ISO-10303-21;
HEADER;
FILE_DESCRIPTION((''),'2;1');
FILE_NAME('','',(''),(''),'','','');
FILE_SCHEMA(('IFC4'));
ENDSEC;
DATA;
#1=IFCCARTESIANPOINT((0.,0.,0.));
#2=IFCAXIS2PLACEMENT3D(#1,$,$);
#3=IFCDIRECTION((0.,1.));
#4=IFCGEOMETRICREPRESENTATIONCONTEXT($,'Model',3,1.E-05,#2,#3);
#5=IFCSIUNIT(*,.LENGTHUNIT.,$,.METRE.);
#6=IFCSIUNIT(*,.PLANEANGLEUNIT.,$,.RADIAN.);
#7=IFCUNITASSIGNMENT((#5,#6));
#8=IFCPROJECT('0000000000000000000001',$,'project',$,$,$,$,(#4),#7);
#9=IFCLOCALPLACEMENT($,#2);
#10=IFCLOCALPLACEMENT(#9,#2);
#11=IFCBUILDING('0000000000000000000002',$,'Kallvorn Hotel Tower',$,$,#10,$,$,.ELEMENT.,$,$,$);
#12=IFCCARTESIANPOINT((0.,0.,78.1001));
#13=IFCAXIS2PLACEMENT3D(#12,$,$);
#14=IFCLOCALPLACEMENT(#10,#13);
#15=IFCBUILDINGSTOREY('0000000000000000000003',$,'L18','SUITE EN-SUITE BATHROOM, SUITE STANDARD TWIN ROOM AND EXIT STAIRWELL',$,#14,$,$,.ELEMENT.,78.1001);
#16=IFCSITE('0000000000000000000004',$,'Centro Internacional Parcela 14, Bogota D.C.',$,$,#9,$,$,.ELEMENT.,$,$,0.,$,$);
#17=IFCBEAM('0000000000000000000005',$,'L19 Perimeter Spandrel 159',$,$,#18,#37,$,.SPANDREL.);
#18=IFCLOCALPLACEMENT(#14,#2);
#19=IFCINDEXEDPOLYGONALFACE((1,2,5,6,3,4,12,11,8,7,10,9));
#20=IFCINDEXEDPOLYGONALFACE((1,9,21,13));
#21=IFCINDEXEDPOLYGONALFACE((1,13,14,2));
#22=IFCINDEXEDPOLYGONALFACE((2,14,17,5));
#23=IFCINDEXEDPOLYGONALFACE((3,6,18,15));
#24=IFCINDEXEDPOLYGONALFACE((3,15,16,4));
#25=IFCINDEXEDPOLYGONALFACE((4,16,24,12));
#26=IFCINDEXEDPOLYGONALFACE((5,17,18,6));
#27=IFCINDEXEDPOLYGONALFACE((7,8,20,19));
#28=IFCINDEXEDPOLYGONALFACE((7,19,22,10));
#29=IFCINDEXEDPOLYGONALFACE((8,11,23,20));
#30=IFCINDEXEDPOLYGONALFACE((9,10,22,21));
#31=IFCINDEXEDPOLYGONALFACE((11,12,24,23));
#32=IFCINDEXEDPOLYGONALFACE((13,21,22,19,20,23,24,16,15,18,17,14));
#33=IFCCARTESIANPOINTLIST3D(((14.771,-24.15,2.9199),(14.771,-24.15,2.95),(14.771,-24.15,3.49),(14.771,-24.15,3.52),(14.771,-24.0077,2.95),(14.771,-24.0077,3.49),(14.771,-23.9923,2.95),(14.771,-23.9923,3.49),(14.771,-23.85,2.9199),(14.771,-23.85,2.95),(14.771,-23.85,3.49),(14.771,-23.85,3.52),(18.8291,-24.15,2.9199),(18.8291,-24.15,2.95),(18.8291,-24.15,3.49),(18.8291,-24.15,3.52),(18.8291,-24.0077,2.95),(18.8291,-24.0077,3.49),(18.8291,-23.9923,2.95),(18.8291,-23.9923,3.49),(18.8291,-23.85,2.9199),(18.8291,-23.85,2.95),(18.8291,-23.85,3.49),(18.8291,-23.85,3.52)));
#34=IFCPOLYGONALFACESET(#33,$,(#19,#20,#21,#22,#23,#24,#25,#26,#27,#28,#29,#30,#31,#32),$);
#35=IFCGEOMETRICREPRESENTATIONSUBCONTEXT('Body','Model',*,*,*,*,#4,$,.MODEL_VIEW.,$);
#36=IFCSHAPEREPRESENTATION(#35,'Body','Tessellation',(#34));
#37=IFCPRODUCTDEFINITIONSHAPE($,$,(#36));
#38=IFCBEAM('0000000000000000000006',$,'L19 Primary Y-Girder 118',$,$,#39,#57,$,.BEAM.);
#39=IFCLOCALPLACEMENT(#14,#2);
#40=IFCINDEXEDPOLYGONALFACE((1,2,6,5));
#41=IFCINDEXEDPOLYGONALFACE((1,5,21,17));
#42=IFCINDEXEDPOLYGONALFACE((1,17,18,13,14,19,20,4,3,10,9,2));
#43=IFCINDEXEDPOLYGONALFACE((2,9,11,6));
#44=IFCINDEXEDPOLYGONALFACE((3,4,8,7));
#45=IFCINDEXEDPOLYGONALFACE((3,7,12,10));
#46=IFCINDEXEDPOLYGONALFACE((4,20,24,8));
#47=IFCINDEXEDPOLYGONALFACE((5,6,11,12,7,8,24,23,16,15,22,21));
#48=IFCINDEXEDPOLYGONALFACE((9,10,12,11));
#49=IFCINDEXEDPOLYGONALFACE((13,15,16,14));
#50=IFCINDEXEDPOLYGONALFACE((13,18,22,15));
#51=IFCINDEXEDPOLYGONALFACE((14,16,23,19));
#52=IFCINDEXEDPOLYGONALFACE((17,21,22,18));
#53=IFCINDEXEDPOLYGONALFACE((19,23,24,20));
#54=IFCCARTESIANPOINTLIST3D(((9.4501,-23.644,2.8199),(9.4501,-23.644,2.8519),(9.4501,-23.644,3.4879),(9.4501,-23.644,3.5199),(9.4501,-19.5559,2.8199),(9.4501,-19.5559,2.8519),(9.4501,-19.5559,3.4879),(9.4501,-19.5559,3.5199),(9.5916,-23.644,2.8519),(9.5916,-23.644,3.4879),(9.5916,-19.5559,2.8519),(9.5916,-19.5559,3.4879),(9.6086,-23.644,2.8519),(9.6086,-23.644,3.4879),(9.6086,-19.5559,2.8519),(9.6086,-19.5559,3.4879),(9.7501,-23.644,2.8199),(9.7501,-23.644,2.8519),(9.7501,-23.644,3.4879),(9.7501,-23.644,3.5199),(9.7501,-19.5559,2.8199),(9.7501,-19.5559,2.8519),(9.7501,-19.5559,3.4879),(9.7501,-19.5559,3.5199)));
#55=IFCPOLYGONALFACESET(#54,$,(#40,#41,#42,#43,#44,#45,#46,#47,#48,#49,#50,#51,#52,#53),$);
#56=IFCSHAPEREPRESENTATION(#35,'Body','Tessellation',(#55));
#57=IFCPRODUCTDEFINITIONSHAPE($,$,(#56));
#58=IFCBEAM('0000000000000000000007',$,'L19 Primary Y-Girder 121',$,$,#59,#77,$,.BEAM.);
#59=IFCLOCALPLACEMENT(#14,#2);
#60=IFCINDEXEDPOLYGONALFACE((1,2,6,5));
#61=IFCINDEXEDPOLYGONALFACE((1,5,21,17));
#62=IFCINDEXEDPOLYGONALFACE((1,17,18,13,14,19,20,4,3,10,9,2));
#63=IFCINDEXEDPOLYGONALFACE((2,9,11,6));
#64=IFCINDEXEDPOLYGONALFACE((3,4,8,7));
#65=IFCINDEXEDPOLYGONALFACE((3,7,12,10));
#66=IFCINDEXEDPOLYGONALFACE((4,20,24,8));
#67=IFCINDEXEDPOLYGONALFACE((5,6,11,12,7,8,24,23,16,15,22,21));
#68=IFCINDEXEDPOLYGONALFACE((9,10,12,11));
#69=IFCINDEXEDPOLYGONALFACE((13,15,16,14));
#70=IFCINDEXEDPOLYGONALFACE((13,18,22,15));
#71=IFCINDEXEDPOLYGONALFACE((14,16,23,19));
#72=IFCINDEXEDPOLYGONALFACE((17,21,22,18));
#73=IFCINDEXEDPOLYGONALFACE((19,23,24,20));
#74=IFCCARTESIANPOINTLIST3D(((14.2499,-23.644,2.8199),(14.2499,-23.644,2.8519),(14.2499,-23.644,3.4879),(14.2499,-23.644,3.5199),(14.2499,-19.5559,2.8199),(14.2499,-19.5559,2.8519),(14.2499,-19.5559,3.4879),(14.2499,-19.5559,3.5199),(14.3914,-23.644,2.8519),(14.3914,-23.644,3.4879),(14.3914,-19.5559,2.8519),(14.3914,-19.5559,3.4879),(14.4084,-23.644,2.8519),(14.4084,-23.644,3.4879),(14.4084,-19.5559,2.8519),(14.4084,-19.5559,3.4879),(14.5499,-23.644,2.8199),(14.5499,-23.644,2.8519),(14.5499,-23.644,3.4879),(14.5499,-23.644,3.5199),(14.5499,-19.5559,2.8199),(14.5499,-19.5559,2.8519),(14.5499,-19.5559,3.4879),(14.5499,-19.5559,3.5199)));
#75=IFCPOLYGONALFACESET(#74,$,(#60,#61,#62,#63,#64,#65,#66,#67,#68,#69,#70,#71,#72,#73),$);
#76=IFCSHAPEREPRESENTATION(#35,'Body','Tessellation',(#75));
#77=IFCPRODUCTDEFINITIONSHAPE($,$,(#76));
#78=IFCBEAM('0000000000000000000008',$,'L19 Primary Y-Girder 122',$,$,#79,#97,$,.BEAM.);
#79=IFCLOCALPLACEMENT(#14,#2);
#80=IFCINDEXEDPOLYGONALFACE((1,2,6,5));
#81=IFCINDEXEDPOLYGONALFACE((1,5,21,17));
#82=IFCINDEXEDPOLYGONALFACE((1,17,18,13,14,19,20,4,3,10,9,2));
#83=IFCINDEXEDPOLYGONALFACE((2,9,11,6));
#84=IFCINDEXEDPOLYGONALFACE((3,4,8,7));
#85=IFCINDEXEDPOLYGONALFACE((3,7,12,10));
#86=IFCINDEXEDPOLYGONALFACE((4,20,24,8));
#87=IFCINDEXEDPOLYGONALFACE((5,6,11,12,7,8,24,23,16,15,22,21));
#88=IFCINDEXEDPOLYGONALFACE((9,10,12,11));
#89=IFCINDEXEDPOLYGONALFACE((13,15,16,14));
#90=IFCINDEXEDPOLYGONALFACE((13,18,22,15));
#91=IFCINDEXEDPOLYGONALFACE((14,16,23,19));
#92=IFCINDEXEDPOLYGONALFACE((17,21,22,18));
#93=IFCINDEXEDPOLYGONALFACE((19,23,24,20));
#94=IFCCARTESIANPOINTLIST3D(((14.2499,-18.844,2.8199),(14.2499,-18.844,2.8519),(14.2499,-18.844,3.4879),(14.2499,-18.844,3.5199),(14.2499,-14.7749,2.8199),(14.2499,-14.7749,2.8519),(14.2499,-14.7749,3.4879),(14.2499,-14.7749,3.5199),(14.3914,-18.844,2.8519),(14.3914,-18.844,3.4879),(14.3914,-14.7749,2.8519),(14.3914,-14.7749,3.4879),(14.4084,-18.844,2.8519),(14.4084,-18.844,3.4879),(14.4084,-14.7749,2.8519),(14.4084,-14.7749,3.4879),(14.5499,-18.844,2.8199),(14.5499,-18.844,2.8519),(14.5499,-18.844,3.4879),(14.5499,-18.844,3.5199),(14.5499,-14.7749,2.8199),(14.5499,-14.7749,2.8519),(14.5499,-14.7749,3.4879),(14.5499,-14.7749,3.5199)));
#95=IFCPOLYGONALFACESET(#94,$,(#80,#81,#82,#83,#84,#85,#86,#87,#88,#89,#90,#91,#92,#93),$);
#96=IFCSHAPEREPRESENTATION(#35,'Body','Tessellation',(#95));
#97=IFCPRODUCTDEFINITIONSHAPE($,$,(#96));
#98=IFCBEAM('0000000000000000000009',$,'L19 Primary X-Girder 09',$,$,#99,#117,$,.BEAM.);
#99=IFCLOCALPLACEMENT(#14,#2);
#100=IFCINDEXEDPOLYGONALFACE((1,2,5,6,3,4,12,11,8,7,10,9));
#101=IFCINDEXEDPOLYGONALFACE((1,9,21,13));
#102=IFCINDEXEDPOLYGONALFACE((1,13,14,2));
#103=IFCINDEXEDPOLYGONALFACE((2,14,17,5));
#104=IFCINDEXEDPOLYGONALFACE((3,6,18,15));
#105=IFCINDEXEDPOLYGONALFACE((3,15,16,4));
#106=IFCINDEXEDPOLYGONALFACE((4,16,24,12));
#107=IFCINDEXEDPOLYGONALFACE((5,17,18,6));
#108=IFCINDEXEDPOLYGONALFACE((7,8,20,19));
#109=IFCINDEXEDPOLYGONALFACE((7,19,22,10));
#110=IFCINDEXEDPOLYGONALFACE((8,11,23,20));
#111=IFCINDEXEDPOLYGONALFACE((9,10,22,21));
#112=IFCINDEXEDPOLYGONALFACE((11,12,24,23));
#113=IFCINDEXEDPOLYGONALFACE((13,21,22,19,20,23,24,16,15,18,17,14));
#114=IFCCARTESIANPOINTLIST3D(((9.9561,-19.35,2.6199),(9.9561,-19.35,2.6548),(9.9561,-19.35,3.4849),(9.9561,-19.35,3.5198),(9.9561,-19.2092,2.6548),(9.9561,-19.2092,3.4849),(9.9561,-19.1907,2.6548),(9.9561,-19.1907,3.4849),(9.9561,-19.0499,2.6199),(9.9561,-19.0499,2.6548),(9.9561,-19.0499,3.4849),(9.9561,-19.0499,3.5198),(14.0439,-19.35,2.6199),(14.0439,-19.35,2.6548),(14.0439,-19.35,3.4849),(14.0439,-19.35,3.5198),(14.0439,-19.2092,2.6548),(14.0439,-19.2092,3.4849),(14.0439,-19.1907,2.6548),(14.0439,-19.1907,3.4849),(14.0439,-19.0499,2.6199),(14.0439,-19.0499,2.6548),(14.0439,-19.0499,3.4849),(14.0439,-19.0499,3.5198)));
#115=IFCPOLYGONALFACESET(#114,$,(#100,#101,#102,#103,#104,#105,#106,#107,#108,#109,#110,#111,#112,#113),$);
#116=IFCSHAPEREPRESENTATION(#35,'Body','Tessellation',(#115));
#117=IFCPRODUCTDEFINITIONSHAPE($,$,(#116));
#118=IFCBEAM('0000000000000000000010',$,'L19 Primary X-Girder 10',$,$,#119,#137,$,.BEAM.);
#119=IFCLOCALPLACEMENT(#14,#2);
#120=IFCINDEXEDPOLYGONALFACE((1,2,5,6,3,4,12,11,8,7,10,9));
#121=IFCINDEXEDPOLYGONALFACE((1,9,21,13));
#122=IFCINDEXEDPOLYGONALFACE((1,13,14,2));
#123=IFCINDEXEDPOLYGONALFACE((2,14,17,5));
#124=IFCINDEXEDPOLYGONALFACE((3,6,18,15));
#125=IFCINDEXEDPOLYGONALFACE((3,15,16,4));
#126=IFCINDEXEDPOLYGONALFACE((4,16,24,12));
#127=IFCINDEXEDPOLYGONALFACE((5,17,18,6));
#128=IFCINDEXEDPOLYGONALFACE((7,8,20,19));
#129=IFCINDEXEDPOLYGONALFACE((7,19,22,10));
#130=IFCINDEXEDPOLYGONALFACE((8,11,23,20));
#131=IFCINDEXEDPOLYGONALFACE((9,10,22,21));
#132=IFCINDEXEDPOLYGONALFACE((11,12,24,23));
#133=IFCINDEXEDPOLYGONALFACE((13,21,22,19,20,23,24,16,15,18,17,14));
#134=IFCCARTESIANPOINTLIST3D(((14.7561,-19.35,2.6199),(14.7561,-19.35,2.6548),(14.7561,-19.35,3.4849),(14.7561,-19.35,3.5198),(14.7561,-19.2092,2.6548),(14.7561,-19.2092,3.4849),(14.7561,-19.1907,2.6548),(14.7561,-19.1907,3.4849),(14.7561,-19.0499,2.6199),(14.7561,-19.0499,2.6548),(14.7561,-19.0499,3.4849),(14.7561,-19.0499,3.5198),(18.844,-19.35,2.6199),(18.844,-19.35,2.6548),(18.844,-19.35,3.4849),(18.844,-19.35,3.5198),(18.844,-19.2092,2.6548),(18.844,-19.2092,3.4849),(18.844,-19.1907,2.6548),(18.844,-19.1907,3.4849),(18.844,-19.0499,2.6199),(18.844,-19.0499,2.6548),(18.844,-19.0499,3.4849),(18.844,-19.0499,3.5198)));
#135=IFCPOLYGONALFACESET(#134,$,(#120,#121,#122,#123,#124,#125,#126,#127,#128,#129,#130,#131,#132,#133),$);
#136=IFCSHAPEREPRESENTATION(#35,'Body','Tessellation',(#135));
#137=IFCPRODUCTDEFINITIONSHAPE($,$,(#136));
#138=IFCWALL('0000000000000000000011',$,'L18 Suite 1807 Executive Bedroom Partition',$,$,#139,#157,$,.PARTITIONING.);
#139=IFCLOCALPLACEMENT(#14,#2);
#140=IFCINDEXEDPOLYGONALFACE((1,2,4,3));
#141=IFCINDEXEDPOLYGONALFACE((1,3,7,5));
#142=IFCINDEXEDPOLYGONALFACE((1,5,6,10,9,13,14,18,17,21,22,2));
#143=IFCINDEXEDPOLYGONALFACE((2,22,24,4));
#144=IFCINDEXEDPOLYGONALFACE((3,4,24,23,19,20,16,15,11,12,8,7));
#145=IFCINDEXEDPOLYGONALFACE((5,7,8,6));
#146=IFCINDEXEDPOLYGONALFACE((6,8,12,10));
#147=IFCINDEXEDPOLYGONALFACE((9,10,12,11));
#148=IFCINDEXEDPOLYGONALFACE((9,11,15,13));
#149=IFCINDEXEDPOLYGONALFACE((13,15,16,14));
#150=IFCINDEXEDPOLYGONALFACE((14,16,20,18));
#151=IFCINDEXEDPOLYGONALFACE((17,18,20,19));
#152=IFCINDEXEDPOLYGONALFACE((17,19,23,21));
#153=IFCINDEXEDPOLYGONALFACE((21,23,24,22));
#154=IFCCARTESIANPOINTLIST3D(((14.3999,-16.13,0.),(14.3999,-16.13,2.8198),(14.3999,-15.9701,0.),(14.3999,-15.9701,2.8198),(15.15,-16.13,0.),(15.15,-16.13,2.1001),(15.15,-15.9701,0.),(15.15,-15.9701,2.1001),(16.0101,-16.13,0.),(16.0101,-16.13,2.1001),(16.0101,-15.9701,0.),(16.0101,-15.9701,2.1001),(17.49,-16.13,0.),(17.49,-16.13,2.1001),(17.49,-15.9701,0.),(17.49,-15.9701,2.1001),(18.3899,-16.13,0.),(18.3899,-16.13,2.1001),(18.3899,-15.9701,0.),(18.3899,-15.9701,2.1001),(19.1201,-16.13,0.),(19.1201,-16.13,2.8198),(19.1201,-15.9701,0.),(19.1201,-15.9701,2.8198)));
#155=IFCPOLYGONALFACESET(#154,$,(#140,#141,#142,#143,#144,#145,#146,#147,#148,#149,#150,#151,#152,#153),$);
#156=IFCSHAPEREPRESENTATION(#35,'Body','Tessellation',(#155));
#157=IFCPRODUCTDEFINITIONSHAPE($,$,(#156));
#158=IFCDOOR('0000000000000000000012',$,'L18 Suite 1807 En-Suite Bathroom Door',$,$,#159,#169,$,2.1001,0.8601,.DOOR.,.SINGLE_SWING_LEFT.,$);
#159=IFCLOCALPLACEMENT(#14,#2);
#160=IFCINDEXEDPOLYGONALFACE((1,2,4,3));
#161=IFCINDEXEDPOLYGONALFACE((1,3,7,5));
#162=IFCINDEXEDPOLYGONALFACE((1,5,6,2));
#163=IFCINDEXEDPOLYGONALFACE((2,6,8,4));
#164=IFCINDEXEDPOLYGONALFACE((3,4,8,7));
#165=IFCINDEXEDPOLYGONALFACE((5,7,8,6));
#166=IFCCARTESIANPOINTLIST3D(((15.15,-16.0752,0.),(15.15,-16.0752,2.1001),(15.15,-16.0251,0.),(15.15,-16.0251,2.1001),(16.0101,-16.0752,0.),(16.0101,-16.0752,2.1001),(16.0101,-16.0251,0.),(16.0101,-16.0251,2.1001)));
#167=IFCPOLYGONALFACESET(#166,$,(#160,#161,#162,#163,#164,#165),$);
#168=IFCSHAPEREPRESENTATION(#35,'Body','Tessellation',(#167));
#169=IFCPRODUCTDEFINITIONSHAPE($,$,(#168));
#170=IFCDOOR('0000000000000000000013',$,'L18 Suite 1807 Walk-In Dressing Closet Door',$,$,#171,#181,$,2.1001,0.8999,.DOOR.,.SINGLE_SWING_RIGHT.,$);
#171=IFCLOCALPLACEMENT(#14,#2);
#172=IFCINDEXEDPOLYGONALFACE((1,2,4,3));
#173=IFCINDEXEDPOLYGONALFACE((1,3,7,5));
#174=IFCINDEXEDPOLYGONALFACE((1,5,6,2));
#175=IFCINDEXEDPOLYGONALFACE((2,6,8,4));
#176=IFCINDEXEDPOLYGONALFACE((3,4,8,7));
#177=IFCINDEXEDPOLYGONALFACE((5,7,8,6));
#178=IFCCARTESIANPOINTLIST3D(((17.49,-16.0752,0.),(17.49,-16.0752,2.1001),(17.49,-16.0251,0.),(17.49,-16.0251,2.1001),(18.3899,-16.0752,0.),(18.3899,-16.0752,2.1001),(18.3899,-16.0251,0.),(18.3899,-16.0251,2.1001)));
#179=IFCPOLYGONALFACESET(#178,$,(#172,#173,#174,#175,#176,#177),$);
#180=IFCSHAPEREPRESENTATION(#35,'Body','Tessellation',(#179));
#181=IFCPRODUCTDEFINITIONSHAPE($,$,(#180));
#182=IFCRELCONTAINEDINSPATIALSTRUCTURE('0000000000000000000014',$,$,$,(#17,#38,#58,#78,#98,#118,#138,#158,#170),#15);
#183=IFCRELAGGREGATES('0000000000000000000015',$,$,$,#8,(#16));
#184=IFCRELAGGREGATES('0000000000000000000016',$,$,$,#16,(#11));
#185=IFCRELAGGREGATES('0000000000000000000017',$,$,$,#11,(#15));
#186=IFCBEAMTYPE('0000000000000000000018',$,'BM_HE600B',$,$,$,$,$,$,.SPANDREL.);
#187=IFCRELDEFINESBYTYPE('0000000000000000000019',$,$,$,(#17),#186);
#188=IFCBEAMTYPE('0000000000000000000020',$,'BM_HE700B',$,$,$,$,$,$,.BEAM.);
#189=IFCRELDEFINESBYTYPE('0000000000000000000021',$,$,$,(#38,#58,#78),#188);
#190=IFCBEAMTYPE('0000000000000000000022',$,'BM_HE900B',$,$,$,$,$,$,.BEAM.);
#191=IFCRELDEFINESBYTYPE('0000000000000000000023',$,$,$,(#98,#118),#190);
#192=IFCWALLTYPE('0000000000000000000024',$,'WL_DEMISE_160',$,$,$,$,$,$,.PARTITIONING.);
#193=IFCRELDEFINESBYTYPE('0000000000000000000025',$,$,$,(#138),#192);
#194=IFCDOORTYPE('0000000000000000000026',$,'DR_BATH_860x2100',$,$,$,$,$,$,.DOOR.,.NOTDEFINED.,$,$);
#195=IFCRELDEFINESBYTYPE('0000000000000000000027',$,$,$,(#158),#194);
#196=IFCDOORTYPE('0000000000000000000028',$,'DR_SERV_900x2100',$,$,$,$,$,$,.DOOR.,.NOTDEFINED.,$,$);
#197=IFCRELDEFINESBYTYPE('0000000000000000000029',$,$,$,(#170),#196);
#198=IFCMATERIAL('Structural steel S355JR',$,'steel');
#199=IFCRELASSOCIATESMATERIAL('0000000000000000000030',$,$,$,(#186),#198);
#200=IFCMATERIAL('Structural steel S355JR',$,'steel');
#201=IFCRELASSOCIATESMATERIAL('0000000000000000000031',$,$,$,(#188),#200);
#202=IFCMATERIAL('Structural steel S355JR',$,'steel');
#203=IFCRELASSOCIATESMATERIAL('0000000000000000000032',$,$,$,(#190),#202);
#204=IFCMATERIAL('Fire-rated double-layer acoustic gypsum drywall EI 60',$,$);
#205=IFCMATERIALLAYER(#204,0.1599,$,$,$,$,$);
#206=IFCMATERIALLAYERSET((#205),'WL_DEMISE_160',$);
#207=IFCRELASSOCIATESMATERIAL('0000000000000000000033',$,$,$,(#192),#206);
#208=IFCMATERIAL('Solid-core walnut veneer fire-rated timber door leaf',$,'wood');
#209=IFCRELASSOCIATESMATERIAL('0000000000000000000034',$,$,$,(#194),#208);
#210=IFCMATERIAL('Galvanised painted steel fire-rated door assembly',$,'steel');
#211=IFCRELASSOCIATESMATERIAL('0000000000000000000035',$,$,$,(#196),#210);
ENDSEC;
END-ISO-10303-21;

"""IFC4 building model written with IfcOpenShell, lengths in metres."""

from ifc_helpers import new_model, si_unit, direction, frame, frame_2d, origin, origin_2d, place, context, subcontext, project, spatial, rectangle, i_section, extrude, material, layer, layer_set, material_profile, profile_set, type_object, element, fill, save


model = new_model("IFC4")

# Units and contexts
model_context = context("Model", 3, precision=1e-05, world=origin(), true_north=direction((0.0, 1.0)))
body_context = subcontext(model_context, "Body", "Model", "MODEL_VIEW")
ifc_project = project(units=[si_unit("LENGTHUNIT", "METRE"), si_unit("PLANEANGLEUNIT", "RADIAN")], contexts=[model_context])

# Site, building, storey
site_placement = place(None, origin())
site = spatial("IfcSite", under=ifc_project, at=site_placement, Name="Centro Internacional Parcela 14, Bogota D.C.", CompositionType="ELEMENT", RefElevation=0.0)
building_placement = place(site_placement, origin())
building = spatial("IfcBuilding", under=site, at=building_placement, Name="Kallvorn Hotel Tower", CompositionType="ELEMENT")
storey_placement = place(building_placement, frame((0.0, 0.0, 78.1001)))
storey = spatial("IfcBuildingStorey", under=building, at=storey_placement, Name="L18", Description="SUITE EN-SUITE BATHROOM, SUITE STANDARD TWIN ROOM AND EXIT STAIRWELL", CompositionType="ELEMENT", Elevation=78.1001)

# Beams
ifc_material_1 = material(Name="Structural steel S355JR", Category="steel")
ifc_material_profile_1 = material_profile(ifc_material_1, i_section(OverallWidth=0.3, OverallDepth=0.6001, WebThickness=0.0154, FlangeThickness=0.03, at=origin_2d()), Name="HE 600 B")
ifc_profile_set_1 = profile_set([ifc_material_profile_1], Name="Structural steel S355JR")
beam_type_1 = type_object("IfcBeamType", Name="BM_HE600B", PredefinedType="SPANDREL", material=ifc_profile_set_1)
for number, where, z_axis, x_axis, name in (
    (1, (14.771, -24.0, 3.22), (1.0, 0.0, 0.0), (0.0, 1.0, 0.0), "L19 Perimeter Spandrel 159"),
):
    element("IfcBeam", number, at=place(storey_placement, frame(where, z_axis=z_axis, x_axis=x_axis)), inside=storey, type_object=beam_type_1, Name=name, PredefinedType="SPANDREL", context=body_context, shape_type="SweptSolid", body=[
        extrude(i_section(OverallWidth=0.3, OverallDepth=0.6001, WebThickness=0.0154, FlangeThickness=0.03, at=origin_2d()), origin(), (0.0, 0.0, 1.0), 4.0581),
    ])
ifc_material_2 = material(Name="Structural steel S355JR", Category="steel")
ifc_material_profile_2 = material_profile(ifc_material_2, i_section(OverallWidth=0.3, OverallDepth=0.7, WebThickness=0.0171, FlangeThickness=0.032, at=origin_2d()), Name="HE 700 B")
ifc_profile_set_2 = profile_set([ifc_material_profile_2], Name="Structural steel S355JR")
beam_type_2 = type_object("IfcBeamType", Name="BM_HE700B", PredefinedType="BEAM", material=ifc_profile_set_2)
for number, where, z_axis, x_axis, name in (
    (2, (9.6001, -23.644, 3.1699), (0.0, 1.0, 0.0), (-1.0, 0.0, 0.0), "L19 Primary Y-Girder 118"),
    (3, (14.3999, -23.644, 3.1699), (0.0, 1.0, 0.0), (-1.0, 0.0, 0.0), "L19 Primary Y-Girder 121"),
):
    element("IfcBeam", number, at=place(storey_placement, frame(where, z_axis=z_axis, x_axis=x_axis)), inside=storey, type_object=beam_type_2, Name=name, PredefinedType="BEAM", context=body_context, shape_type="SweptSolid", body=[
        extrude(i_section(OverallWidth=0.3, OverallDepth=0.7, WebThickness=0.0171, FlangeThickness=0.032, at=origin_2d()), origin(), (0.0, 0.0, 1.0), 4.0881),
    ])
beam_placement = place(storey_placement, frame((14.3999, -18.844, 3.1699), z_axis=(0.0, 1.0, 0.0), x_axis=(-1.0, 0.0, 0.0)))
element("IfcBeam", 4, at=beam_placement, inside=storey, type_object=beam_type_2, Name="L19 Primary Y-Girder 122", PredefinedType="BEAM", context=body_context, shape_type="SweptSolid", body=[
    extrude(i_section(OverallWidth=0.3, OverallDepth=0.7, WebThickness=0.0171, FlangeThickness=0.032, at=origin_2d()), origin(), (0.0, 0.0, 1.0), 4.0691),
])
ifc_material_3 = material(Name="Structural steel S355JR", Category="steel")
ifc_material_profile_3 = material_profile(ifc_material_3, i_section(OverallWidth=0.3, OverallDepth=0.8999, WebThickness=0.0186, FlangeThickness=0.0349, at=origin_2d()), Name="HE 900 B")
ifc_profile_set_3 = profile_set([ifc_material_profile_3], Name="Structural steel S355JR")
beam_type_3 = type_object("IfcBeamType", Name="BM_HE900B", PredefinedType="BEAM", material=ifc_profile_set_3)
for number, where, z_axis, x_axis, name in (
    (5, (9.9561, -19.2, 3.0698), (1.0, 0.0, 0.0), (0.0, 1.0, 0.0), "L19 Primary X-Girder 09"),
    (6, (14.7561, -19.2, 3.0698), (1.0, 0.0, 0.0), (0.0, 1.0, 0.0), "L19 Primary X-Girder 10"),
):
    element("IfcBeam", number, at=place(storey_placement, frame(where, z_axis=z_axis, x_axis=x_axis)), inside=storey, type_object=beam_type_3, Name=name, PredefinedType="BEAM", context=body_context, shape_type="SweptSolid", body=[
        extrude(i_section(OverallWidth=0.3, OverallDepth=0.8999, WebThickness=0.0186, FlangeThickness=0.0349, at=origin_2d()), origin(), (0.0, 0.0, 1.0), 4.0879),
    ])

# Wall, openings, doors
ifc_material_4 = material(Name="Fire-rated double-layer acoustic gypsum drywall EI 60")
ifc_layer_1 = layer(ifc_material_4, 0.1599)
ifc_layer_set_1 = layer_set([ifc_layer_1], Name="WL_DEMISE_160")
wall_type_1 = type_object("IfcWallType", Name="WL_DEMISE_160", PredefinedType="PARTITIONING", material=ifc_layer_set_1)
wall_1_placement = place(storey_placement, frame((14.3999, -16.05, 0.0), z_axis=(0.0, 0.0, 1.0), x_axis=(1.0, 0.0, 0.0)))
wall_1 = element("IfcWall", 7, at=wall_1_placement, inside=storey, type_object=wall_type_1, Name="L18 Suite 1807 Executive Bedroom Partition", PredefinedType="PARTITIONING", context=body_context, shape_type="SweptSolid", body=[
    extrude(rectangle(XDim=4.7202, YDim=0.1599, at=frame_2d((2.3601, 0.0))), origin(), (0.0, 0.0, 1.0), 2.8198),
])
opening_1_placement = place(wall_1_placement, frame((0.75, 0.0, 0.0)))
opening_1 = element("IfcOpeningElement", 8, at=opening_1_placement, cuts=wall_1, PredefinedType="OPENING", context=body_context, shape_type="SweptSolid", body=[
    extrude(rectangle(XDim=0.8601, YDim=2.1001, at=frame_2d((0.4302, 1.05))), frame((0.0, 0.095, 0.0), z_axis=(0.0, -1.0, 0.0), x_axis=(1.0, 0.0, 0.0)), (0.0, 0.0, 1.0), 0.1899),
])
opening_2_placement = place(wall_1_placement, frame((3.0901, 0.0, 0.0)))
opening_2 = element("IfcOpeningElement", 9, at=opening_2_placement, cuts=wall_1, PredefinedType="OPENING", context=body_context, shape_type="SweptSolid", body=[
    extrude(rectangle(XDim=0.8999, YDim=2.1001, at=frame_2d((0.45, 1.05))), frame((0.0, 0.095, 0.0), z_axis=(0.0, -1.0, 0.0), x_axis=(1.0, 0.0, 0.0)), (0.0, 0.0, 1.0), 0.1899),
])
ifc_material_5 = material(Name="Solid-core walnut veneer fire-rated timber door leaf", Category="wood")
door_type_1 = type_object("IfcDoorType", Name="DR_BATH_860x2100", OperationType="NOTDEFINED", PredefinedType="DOOR", material=ifc_material_5)
door_1_placement = place(opening_1_placement, origin())
door_1 = element("IfcDoor", 10, at=door_1_placement, inside=storey, type_object=door_type_1, Name="L18 Suite 1807 En-Suite Bathroom Door", OperationType="SINGLE_SWING_LEFT", OverallHeight=2.1001, OverallWidth=0.8601, PredefinedType="DOOR", context=body_context, shape_type="SweptSolid", body=[
    extrude(rectangle(XDim=0.8601, YDim=2.1001, at=frame_2d((0.4302, 1.05))), frame((0.0, 0.0249, 0.0), z_axis=(0.0, -1.0, 0.0), x_axis=(1.0, 0.0, 0.0)), (0.0, 0.0, 1.0), 0.05),
])
fill(opening_1, door_1)
ifc_material_6 = material(Name="Galvanised painted steel fire-rated door assembly", Category="steel")
door_type_2 = type_object("IfcDoorType", Name="DR_SERV_900x2100", OperationType="NOTDEFINED", PredefinedType="DOOR", material=ifc_material_6)
door_2_placement = place(opening_2_placement, origin())
door_2 = element("IfcDoor", 11, at=door_2_placement, inside=storey, type_object=door_type_2, Name="L18 Suite 1807 Walk-In Dressing Closet Door", OperationType="SINGLE_SWING_RIGHT", OverallHeight=2.1001, OverallWidth=0.8999, PredefinedType="DOOR", context=body_context, shape_type="SweptSolid", body=[
    extrude(rectangle(XDim=0.8999, YDim=2.1001, at=frame_2d((0.45, 1.05))), frame((0.0, 0.0249, 0.0), z_axis=(0.0, -1.0, 0.0), x_axis=(1.0, 0.0, 0.0)), (0.0, 0.0, 1.0), 0.05),
])
fill(opening_2, door_2)

save(model, "model.ifc")
